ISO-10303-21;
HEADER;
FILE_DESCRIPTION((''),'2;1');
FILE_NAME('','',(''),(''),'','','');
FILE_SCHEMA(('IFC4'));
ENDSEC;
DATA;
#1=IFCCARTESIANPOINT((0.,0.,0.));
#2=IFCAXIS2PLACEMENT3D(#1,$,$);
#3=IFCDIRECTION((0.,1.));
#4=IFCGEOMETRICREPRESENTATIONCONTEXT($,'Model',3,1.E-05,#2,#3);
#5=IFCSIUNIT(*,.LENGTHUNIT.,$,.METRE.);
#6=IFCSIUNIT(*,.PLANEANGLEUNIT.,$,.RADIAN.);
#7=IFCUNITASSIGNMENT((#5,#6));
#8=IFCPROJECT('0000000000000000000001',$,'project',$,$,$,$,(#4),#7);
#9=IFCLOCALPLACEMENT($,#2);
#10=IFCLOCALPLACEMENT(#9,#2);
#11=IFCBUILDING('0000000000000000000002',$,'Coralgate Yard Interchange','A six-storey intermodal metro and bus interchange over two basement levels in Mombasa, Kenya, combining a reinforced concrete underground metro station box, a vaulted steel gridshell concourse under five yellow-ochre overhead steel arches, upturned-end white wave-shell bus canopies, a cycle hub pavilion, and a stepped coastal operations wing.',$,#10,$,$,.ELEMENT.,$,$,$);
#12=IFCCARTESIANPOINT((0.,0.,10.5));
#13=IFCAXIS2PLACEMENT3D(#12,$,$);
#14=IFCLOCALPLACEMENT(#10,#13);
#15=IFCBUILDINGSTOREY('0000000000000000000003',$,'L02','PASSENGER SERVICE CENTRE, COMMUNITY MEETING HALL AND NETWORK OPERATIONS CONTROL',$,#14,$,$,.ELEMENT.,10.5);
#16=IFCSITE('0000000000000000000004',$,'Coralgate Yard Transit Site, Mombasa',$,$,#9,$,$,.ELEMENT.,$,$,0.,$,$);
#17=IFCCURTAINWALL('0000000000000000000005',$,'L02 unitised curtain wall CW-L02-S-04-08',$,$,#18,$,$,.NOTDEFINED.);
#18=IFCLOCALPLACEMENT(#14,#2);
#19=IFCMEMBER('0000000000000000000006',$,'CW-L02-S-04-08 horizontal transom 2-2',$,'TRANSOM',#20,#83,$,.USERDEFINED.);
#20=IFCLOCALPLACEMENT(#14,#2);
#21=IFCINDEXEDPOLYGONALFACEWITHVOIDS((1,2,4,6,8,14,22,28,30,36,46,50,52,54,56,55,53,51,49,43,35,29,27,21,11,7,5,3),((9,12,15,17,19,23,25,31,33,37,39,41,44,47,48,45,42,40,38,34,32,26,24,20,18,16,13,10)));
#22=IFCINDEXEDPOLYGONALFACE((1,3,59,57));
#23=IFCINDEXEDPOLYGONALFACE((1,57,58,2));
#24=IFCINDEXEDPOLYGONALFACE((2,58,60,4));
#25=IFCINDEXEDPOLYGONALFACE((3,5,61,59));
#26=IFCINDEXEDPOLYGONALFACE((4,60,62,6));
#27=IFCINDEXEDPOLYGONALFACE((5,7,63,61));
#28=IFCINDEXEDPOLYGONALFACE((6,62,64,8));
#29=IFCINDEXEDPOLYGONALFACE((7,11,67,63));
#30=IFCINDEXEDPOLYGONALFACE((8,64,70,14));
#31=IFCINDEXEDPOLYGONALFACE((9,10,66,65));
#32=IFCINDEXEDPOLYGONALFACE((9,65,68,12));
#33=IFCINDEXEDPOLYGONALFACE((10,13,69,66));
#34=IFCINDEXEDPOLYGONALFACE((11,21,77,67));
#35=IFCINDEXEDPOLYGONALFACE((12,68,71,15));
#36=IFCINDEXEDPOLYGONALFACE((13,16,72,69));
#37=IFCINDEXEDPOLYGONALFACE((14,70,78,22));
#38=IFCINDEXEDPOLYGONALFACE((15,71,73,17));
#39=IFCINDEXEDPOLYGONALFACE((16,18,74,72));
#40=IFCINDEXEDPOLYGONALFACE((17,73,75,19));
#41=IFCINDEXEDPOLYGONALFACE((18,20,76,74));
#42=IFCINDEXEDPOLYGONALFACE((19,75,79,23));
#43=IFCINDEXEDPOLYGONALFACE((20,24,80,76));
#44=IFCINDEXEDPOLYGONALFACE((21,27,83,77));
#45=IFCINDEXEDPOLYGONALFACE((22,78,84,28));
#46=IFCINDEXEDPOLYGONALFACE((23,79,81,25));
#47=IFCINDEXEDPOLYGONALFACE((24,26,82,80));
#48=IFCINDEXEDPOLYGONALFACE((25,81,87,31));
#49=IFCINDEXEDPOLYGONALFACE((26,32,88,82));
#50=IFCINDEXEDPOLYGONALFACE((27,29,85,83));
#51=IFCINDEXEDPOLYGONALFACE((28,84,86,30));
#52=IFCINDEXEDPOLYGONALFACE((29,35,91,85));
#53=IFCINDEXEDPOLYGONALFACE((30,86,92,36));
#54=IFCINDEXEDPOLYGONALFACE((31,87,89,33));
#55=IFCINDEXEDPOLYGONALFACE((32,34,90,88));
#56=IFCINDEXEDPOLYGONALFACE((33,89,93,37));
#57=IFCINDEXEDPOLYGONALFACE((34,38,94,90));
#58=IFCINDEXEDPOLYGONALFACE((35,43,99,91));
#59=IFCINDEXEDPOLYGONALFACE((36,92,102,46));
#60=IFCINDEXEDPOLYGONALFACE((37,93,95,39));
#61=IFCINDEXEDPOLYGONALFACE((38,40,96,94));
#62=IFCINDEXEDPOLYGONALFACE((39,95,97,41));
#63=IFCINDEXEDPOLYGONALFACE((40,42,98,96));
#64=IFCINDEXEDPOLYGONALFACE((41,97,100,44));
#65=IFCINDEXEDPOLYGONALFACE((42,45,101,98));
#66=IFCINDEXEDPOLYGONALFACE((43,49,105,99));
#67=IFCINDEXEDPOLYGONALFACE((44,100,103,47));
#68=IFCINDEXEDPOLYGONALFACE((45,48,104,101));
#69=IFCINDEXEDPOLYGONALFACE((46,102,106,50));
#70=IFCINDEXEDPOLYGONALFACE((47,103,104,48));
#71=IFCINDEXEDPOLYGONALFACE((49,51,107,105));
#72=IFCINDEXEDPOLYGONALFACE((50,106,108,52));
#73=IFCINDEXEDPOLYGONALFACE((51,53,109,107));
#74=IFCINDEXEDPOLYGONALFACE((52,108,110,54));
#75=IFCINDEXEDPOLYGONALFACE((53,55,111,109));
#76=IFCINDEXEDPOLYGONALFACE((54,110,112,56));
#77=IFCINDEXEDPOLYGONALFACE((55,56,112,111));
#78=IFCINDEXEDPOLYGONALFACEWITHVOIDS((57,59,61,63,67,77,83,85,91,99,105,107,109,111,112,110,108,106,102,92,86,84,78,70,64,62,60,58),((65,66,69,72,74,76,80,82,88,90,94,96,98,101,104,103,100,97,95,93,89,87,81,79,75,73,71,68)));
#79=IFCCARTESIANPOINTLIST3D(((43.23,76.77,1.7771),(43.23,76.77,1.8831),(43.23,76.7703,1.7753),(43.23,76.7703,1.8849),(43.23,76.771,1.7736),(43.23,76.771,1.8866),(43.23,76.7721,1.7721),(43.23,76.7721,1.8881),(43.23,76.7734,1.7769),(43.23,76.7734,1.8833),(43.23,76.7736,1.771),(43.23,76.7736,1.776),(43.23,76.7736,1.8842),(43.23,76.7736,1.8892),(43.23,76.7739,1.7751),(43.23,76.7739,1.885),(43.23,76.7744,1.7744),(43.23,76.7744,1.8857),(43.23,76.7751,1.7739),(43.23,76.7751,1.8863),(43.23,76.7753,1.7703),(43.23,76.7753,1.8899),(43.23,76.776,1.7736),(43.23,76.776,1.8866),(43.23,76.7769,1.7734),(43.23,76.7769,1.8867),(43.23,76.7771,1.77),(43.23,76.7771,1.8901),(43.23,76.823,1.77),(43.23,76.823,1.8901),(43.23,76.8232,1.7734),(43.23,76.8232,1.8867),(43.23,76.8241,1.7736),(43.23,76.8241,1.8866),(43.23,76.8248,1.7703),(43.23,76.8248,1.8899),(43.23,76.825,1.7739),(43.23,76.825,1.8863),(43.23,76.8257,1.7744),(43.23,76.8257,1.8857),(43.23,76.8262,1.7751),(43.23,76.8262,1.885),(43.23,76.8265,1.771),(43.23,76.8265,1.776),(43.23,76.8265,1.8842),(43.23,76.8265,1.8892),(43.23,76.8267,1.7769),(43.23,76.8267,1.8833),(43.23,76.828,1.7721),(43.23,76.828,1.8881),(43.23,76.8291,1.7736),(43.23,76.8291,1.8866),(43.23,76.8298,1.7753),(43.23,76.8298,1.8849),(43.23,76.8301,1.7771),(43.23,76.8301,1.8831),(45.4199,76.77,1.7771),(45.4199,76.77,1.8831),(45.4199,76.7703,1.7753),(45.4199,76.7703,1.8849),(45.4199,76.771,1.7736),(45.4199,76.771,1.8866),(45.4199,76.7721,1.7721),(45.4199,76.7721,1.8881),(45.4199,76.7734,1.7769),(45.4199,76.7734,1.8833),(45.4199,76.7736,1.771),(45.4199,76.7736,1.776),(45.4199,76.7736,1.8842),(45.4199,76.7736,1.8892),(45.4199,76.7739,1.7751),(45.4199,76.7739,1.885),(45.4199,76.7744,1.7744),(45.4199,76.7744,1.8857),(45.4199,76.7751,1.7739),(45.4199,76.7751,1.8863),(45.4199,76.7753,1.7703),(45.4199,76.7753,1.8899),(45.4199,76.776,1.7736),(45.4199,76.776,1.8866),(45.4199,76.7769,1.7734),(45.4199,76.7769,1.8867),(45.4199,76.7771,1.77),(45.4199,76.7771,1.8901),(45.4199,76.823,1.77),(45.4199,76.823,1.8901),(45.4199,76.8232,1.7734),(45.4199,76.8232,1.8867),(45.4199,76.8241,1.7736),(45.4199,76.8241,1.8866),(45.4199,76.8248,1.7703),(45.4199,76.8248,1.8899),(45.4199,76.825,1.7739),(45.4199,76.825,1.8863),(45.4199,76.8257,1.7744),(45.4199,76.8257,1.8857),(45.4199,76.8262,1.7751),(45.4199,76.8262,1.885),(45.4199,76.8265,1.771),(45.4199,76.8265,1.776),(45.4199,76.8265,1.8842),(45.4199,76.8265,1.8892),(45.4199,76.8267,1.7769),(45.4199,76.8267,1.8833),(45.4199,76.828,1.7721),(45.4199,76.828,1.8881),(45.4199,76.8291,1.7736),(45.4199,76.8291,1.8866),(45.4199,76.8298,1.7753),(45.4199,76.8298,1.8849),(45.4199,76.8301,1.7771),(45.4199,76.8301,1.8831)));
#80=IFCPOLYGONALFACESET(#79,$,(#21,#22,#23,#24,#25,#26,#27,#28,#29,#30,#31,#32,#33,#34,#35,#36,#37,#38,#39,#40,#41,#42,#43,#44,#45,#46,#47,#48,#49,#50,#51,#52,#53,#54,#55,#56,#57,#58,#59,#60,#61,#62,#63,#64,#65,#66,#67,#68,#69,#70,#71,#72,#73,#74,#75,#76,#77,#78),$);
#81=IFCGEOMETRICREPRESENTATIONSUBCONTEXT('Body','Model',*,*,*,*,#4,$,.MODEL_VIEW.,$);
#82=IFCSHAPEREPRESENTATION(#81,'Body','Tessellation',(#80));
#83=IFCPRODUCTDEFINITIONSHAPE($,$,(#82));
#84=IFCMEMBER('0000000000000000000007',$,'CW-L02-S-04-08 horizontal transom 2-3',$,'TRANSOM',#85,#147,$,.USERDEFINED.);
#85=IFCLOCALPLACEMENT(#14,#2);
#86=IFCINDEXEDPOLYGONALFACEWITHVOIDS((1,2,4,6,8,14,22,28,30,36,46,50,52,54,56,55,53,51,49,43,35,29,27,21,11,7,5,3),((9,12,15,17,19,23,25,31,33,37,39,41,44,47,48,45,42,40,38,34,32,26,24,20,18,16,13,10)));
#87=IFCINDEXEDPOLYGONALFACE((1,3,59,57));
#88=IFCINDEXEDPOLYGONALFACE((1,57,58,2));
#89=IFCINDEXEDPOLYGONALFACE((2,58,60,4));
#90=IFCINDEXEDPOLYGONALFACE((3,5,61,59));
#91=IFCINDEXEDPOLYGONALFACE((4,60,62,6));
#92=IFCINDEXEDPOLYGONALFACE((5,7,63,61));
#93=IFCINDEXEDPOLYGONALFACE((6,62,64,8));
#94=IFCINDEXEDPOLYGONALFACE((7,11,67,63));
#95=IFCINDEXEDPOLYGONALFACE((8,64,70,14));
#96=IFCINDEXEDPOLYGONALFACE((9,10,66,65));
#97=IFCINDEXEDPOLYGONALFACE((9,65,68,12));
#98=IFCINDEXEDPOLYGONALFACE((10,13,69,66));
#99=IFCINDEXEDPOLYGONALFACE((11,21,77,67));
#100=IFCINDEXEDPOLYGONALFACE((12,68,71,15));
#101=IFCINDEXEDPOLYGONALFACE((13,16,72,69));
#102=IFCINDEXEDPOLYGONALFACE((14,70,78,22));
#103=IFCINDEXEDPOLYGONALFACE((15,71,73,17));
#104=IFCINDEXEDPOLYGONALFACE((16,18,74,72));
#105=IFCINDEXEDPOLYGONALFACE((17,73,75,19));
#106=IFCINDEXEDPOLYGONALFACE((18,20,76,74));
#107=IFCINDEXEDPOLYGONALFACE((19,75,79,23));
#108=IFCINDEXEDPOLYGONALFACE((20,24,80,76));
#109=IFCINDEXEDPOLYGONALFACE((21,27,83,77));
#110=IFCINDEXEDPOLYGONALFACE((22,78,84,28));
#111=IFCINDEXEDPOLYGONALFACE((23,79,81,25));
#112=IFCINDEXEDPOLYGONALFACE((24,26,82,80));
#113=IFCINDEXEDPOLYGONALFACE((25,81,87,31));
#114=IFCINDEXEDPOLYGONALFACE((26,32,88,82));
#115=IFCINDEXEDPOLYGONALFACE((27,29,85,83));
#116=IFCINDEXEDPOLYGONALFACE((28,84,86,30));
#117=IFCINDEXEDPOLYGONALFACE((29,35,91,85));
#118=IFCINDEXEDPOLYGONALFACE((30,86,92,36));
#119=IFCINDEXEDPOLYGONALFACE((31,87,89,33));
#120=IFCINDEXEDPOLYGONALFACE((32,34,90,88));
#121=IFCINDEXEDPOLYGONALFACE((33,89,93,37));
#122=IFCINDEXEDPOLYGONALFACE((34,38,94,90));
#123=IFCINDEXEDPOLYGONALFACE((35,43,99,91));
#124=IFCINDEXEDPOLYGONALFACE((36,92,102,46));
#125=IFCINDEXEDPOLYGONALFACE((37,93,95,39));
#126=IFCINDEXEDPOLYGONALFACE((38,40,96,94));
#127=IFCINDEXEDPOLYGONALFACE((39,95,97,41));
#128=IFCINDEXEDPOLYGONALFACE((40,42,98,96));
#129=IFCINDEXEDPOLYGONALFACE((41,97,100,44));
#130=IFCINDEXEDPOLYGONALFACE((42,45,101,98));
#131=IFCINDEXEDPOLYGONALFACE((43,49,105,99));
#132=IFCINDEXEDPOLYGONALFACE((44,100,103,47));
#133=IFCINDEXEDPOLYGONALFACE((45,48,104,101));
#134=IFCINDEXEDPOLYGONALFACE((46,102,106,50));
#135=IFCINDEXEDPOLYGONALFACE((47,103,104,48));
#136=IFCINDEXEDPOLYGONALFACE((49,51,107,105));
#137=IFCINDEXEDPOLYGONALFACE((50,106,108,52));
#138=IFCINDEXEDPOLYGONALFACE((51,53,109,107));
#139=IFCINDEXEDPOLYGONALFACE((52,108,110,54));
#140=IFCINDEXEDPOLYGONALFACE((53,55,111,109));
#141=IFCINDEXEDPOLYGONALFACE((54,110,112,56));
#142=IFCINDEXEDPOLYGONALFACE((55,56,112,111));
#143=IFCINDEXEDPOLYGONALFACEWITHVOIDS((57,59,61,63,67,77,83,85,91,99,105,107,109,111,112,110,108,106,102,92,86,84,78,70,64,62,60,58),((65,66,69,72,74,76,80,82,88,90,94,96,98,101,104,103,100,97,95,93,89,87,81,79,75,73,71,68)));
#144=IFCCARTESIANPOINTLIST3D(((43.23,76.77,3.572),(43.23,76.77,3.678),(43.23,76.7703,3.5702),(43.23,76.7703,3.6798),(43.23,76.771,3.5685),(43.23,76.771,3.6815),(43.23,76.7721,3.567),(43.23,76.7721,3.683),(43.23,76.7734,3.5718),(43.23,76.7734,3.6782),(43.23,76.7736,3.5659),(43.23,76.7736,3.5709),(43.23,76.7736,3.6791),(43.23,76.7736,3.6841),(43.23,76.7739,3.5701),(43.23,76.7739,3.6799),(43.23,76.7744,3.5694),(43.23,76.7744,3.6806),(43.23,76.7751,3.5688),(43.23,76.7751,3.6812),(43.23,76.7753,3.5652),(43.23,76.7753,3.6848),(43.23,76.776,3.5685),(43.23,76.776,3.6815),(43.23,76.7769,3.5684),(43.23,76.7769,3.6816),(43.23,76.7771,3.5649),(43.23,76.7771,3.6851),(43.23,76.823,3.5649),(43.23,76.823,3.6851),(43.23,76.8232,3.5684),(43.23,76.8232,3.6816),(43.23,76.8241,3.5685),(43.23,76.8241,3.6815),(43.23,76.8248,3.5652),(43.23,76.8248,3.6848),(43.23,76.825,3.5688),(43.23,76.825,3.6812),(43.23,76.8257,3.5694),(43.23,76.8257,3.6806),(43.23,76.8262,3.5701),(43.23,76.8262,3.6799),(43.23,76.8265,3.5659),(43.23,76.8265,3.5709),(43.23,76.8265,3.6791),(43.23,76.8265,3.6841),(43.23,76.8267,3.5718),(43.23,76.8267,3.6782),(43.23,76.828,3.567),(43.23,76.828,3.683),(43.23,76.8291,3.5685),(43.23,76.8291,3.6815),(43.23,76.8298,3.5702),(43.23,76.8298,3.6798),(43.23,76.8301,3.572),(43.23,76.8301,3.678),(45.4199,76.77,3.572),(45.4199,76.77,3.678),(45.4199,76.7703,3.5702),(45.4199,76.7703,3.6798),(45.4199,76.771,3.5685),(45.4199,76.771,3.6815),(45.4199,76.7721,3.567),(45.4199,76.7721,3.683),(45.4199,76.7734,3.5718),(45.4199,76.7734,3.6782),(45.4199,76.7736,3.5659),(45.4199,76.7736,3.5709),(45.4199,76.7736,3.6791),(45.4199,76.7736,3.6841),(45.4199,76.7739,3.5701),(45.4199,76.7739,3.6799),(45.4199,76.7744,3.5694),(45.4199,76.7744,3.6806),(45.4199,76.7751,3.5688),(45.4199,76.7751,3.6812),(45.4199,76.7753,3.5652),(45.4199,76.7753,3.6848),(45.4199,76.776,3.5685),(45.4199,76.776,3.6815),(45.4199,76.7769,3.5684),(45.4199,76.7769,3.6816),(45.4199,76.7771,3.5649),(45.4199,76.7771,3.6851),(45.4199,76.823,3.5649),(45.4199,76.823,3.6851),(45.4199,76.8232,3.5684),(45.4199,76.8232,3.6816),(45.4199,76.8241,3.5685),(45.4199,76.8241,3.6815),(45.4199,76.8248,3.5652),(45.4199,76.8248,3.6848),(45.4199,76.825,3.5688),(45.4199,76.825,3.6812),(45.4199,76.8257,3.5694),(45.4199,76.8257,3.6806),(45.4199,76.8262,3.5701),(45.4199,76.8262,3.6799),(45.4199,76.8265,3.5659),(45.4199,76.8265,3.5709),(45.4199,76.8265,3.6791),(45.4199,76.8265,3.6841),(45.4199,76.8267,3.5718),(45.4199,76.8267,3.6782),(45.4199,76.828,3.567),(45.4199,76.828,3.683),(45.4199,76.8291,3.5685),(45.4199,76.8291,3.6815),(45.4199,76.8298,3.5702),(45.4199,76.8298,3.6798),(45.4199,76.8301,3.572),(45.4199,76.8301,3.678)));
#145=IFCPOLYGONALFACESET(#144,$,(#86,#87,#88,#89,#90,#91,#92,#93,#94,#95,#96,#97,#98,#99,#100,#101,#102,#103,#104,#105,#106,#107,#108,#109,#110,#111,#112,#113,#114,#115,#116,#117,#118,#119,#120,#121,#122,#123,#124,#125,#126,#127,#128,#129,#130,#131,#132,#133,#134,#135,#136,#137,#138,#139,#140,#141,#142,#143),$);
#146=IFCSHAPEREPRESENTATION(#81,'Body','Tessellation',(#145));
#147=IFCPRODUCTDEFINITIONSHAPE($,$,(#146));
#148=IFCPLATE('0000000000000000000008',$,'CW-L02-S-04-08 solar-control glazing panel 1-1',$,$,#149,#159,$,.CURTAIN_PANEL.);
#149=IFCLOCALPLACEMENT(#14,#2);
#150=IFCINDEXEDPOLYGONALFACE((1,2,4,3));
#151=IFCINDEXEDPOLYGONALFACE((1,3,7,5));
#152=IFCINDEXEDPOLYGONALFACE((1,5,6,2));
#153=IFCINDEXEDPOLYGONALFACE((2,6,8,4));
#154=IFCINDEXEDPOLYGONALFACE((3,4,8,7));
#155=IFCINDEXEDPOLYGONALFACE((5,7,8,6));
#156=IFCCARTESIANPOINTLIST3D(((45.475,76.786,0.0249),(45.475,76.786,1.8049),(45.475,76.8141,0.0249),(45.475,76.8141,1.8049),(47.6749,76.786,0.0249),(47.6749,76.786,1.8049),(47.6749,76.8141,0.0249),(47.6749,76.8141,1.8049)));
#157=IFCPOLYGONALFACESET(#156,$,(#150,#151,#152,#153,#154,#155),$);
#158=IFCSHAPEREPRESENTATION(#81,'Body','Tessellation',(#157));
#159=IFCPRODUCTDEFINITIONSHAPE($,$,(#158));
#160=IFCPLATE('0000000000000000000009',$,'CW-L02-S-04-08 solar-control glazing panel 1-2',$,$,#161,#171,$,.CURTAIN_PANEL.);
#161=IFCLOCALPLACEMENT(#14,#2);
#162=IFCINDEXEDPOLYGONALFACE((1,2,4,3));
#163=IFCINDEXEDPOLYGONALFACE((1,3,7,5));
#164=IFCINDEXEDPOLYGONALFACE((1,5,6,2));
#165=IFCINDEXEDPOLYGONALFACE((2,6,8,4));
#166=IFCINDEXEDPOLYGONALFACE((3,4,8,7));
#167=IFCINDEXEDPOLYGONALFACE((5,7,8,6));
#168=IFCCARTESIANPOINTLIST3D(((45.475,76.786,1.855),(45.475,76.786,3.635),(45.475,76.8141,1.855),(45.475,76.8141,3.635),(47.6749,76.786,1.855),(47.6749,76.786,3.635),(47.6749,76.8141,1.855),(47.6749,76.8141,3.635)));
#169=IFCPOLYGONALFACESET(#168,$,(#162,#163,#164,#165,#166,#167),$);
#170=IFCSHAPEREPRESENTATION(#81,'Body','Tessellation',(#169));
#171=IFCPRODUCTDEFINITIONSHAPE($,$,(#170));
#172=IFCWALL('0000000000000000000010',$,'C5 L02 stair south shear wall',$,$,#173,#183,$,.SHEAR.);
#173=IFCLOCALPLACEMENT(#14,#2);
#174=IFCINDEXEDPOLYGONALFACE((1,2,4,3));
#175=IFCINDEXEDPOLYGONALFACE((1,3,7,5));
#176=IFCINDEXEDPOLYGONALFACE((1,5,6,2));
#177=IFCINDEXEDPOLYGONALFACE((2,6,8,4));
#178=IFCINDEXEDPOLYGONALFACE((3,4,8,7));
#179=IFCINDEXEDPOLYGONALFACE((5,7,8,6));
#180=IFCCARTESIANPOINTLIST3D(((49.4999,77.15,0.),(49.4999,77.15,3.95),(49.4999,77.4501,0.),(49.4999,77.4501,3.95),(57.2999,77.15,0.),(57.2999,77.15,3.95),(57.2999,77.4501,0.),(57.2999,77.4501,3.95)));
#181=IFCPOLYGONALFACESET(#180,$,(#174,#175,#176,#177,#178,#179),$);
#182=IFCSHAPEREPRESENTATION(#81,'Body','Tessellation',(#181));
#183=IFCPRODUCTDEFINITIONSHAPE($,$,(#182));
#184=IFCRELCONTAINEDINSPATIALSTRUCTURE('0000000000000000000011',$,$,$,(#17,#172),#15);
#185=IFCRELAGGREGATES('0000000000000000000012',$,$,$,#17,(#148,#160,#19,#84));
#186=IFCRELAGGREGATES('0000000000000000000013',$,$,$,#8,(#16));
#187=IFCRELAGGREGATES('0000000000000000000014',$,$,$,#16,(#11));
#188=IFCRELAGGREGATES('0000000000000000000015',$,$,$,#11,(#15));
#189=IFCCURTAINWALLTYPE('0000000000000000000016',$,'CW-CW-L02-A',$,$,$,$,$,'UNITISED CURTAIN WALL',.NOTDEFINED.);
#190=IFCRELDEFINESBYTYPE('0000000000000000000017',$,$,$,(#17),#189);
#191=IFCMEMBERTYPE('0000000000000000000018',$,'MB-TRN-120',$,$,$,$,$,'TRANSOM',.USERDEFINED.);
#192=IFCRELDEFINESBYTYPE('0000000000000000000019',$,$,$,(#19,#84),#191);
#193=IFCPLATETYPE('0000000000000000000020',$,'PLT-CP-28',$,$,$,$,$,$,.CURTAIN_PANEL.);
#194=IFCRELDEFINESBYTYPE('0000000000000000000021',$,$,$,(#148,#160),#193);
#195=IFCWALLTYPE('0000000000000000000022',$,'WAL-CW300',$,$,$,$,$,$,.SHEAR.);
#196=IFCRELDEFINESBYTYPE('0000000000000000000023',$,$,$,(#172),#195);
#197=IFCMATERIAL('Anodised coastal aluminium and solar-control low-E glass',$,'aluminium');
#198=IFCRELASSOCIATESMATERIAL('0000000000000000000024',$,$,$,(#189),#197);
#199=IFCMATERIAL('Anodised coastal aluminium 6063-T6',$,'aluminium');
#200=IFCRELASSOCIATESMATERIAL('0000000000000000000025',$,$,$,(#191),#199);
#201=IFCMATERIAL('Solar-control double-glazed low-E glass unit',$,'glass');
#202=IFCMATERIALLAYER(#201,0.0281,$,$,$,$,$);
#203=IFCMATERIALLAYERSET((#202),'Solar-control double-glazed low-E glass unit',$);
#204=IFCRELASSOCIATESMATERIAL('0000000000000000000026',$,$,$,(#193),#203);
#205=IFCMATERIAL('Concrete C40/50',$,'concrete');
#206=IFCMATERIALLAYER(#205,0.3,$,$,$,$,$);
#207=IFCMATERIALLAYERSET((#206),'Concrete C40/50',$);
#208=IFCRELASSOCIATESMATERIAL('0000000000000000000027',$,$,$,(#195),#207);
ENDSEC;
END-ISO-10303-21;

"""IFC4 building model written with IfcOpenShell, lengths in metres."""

from ifc_helpers import new_model, si_unit, direction, frame, frame_2d, origin, origin_2d, place, context, subcontext, project, spatial, rectangle, hollow_rectangle, extrude, material, layer, layer_set, material_profile, profile_set, type_object, element, aggregate, save


model = new_model("IFC4")

# Units and contexts
model_context = context("Model", 3, precision=1e-05, world=origin(), true_north=direction((0.0, 1.0)))
body_context = subcontext(model_context, "Body", "Model", "MODEL_VIEW")
ifc_project = project(units=[si_unit("LENGTHUNIT", "METRE"), si_unit("PLANEANGLEUNIT", "RADIAN")], contexts=[model_context])

# Site, building, storey
site_placement = place(None, origin())
site = spatial("IfcSite", under=ifc_project, at=site_placement, Name="Coralgate Yard Transit Site, Mombasa", CompositionType="ELEMENT", RefElevation=0.0)
building_placement = place(site_placement, origin())
building = spatial("IfcBuilding", under=site, at=building_placement, Name="Coralgate Yard Interchange", Description="A six-storey intermodal metro and bus interchange over two basement levels in Mombasa, Kenya, combining a reinforced concrete underground metro station box, a vaulted steel gridshell concourse under five yellow-ochre overhead steel arches, upturned-end white wave-shell bus canopies, a cycle hub pavilion, and a stepped coastal operations wing.", CompositionType="ELEMENT")
storey_placement = place(building_placement, frame((0.0, 0.0, 10.5)))
storey = spatial("IfcBuildingStorey", under=building, at=storey_placement, Name="L02", Description="PASSENGER SERVICE CENTRE, COMMUNITY MEETING HALL AND NETWORK OPERATIONS CONTROL", CompositionType="ELEMENT", Elevation=10.5)

# Curtain wall, members, plates
ifc_material_1 = material(Name="Anodised coastal aluminium and solar-control low-E glass", Category="aluminium")
curtain_wall_type = type_object("IfcCurtainWallType", Name="CW-CW-L02-A", ElementType="UNITISED CURTAIN WALL", PredefinedType="NOTDEFINED", material=ifc_material_1)
curtain_wall_placement = place(storey_placement, origin())
curtain_wall = element("IfcCurtainWall", 1, at=curtain_wall_placement, inside=storey, type_object=curtain_wall_type, Name="L02 unitised curtain wall CW-L02-S-04-08", PredefinedType="NOTDEFINED")
ifc_material_2 = material(Name="Anodised coastal aluminium 6063-T6", Category="aluminium")
ifc_material_profile_1 = material_profile(ifc_material_2, hollow_rectangle(XDim=0.0601, YDim=0.1201, WallThickness=0.0034, InnerFilletRadius=0.0034, OuterFilletRadius=0.0071, at=origin_2d()), Name="ALU 60x120x3.5")
ifc_profile_set_1 = profile_set([ifc_material_profile_1], Name="Anodised coastal aluminium 6063-T6")
member_type_1 = type_object("IfcMemberType", Name="MB-TRN-120", ElementType="TRANSOM", PredefinedType="USERDEFINED", material=ifc_profile_set_1)
member_1_placement = place(storey_placement, frame((45.4199, 76.8, 1.8301), z_axis=(-1.0, 0.0, 0.0), x_axis=(0.0, -1.0, 0.0)))
member_1 = element("IfcMember", 2, at=member_1_placement, type_object=member_type_1, Name="CW-L02-S-04-08 horizontal transom 2-2", ObjectType="TRANSOM", PredefinedType="USERDEFINED", context=body_context, shape_type="SweptSolid", body=[
    extrude(hollow_rectangle(XDim=0.0601, YDim=0.1201, WallThickness=0.0034, InnerFilletRadius=0.0034, OuterFilletRadius=0.0071, at=origin_2d()), origin(), (0.0, 0.0, 1.0), 2.1899),
])
member_2_placement = place(storey_placement, frame((45.4199, 76.8, 3.625), z_axis=(-1.0, 0.0, 0.0), x_axis=(0.0, -1.0, 0.0)))
member_2 = element("IfcMember", 3, at=member_2_placement, type_object=member_type_1, Name="CW-L02-S-04-08 horizontal transom 2-3", ObjectType="TRANSOM", PredefinedType="USERDEFINED", context=body_context, shape_type="SweptSolid", body=[
    extrude(hollow_rectangle(XDim=0.0601, YDim=0.1201, WallThickness=0.0034, InnerFilletRadius=0.0034, OuterFilletRadius=0.0071, at=origin_2d()), origin(), (0.0, 0.0, 1.0), 2.1899),
])
ifc_material_3 = material(Name="Solar-control double-glazed low-E glass unit", Category="glass")
ifc_layer_1 = layer(ifc_material_3, 0.0281)
ifc_layer_set_1 = layer_set([ifc_layer_1], Name="Solar-control double-glazed low-E glass unit")
plate_type = type_object("IfcPlateType", Name="PLT-CP-28", PredefinedType="CURTAIN_PANEL", material=ifc_layer_set_1)
plate_1_placement = place(storey_placement, frame((46.575, 76.8, 0.0249), z_axis=(0.0, 0.0, 1.0), x_axis=(-1.0, 0.0, 0.0)))
plate_1 = element("IfcPlate", 4, at=plate_1_placement, type_object=plate_type, Name="CW-L02-S-04-08 solar-control glazing panel 1-1", PredefinedType="CURTAIN_PANEL", context=body_context, shape_type="SweptSolid", body=[
    extrude(rectangle(XDim=2.2, YDim=0.0281, at=origin_2d()), origin(), (0.0, 0.0, 1.0), 1.78),
])
plate_2_placement = place(storey_placement, frame((46.575, 76.8, 1.855), z_axis=(0.0, 0.0, 1.0), x_axis=(-1.0, 0.0, 0.0)))
plate_2 = element("IfcPlate", 5, at=plate_2_placement, type_object=plate_type, Name="CW-L02-S-04-08 solar-control glazing panel 1-2", PredefinedType="CURTAIN_PANEL", context=body_context, shape_type="SweptSolid", body=[
    extrude(rectangle(XDim=2.2, YDim=0.0281, at=origin_2d()), origin(), (0.0, 0.0, 1.0), 1.78),
])
aggregate(curtain_wall, [plate_1, plate_2, member_1, member_2])

# Wall
ifc_material_4 = material(Name="Concrete C40/50", Category="concrete")
ifc_layer_2 = layer(ifc_material_4, 0.3)
ifc_layer_set_2 = layer_set([ifc_layer_2], Name="Concrete C40/50")
wall_type_1 = type_object("IfcWallType", Name="WAL-CW300", PredefinedType="SHEAR", material=ifc_layer_set_2)
wall_1_placement = place(storey_placement, frame((49.5, 77.3, 0.0), z_axis=(0.0, 0.0, 1.0), x_axis=(1.0, 0.0, 0.0)))
element("IfcWall", 6, at=wall_1_placement, inside=storey, type_object=wall_type_1, Name="C5 L02 stair south shear wall", PredefinedType="SHEAR", context=body_context, shape_type="SweptSolid", body=[
    extrude(rectangle(XDim=7.8, YDim=0.3, at=frame_2d((3.8999, 0.0))), origin(), (0.0, 0.0, 1.0), 3.95),
])

save(model, "model.ifc")
